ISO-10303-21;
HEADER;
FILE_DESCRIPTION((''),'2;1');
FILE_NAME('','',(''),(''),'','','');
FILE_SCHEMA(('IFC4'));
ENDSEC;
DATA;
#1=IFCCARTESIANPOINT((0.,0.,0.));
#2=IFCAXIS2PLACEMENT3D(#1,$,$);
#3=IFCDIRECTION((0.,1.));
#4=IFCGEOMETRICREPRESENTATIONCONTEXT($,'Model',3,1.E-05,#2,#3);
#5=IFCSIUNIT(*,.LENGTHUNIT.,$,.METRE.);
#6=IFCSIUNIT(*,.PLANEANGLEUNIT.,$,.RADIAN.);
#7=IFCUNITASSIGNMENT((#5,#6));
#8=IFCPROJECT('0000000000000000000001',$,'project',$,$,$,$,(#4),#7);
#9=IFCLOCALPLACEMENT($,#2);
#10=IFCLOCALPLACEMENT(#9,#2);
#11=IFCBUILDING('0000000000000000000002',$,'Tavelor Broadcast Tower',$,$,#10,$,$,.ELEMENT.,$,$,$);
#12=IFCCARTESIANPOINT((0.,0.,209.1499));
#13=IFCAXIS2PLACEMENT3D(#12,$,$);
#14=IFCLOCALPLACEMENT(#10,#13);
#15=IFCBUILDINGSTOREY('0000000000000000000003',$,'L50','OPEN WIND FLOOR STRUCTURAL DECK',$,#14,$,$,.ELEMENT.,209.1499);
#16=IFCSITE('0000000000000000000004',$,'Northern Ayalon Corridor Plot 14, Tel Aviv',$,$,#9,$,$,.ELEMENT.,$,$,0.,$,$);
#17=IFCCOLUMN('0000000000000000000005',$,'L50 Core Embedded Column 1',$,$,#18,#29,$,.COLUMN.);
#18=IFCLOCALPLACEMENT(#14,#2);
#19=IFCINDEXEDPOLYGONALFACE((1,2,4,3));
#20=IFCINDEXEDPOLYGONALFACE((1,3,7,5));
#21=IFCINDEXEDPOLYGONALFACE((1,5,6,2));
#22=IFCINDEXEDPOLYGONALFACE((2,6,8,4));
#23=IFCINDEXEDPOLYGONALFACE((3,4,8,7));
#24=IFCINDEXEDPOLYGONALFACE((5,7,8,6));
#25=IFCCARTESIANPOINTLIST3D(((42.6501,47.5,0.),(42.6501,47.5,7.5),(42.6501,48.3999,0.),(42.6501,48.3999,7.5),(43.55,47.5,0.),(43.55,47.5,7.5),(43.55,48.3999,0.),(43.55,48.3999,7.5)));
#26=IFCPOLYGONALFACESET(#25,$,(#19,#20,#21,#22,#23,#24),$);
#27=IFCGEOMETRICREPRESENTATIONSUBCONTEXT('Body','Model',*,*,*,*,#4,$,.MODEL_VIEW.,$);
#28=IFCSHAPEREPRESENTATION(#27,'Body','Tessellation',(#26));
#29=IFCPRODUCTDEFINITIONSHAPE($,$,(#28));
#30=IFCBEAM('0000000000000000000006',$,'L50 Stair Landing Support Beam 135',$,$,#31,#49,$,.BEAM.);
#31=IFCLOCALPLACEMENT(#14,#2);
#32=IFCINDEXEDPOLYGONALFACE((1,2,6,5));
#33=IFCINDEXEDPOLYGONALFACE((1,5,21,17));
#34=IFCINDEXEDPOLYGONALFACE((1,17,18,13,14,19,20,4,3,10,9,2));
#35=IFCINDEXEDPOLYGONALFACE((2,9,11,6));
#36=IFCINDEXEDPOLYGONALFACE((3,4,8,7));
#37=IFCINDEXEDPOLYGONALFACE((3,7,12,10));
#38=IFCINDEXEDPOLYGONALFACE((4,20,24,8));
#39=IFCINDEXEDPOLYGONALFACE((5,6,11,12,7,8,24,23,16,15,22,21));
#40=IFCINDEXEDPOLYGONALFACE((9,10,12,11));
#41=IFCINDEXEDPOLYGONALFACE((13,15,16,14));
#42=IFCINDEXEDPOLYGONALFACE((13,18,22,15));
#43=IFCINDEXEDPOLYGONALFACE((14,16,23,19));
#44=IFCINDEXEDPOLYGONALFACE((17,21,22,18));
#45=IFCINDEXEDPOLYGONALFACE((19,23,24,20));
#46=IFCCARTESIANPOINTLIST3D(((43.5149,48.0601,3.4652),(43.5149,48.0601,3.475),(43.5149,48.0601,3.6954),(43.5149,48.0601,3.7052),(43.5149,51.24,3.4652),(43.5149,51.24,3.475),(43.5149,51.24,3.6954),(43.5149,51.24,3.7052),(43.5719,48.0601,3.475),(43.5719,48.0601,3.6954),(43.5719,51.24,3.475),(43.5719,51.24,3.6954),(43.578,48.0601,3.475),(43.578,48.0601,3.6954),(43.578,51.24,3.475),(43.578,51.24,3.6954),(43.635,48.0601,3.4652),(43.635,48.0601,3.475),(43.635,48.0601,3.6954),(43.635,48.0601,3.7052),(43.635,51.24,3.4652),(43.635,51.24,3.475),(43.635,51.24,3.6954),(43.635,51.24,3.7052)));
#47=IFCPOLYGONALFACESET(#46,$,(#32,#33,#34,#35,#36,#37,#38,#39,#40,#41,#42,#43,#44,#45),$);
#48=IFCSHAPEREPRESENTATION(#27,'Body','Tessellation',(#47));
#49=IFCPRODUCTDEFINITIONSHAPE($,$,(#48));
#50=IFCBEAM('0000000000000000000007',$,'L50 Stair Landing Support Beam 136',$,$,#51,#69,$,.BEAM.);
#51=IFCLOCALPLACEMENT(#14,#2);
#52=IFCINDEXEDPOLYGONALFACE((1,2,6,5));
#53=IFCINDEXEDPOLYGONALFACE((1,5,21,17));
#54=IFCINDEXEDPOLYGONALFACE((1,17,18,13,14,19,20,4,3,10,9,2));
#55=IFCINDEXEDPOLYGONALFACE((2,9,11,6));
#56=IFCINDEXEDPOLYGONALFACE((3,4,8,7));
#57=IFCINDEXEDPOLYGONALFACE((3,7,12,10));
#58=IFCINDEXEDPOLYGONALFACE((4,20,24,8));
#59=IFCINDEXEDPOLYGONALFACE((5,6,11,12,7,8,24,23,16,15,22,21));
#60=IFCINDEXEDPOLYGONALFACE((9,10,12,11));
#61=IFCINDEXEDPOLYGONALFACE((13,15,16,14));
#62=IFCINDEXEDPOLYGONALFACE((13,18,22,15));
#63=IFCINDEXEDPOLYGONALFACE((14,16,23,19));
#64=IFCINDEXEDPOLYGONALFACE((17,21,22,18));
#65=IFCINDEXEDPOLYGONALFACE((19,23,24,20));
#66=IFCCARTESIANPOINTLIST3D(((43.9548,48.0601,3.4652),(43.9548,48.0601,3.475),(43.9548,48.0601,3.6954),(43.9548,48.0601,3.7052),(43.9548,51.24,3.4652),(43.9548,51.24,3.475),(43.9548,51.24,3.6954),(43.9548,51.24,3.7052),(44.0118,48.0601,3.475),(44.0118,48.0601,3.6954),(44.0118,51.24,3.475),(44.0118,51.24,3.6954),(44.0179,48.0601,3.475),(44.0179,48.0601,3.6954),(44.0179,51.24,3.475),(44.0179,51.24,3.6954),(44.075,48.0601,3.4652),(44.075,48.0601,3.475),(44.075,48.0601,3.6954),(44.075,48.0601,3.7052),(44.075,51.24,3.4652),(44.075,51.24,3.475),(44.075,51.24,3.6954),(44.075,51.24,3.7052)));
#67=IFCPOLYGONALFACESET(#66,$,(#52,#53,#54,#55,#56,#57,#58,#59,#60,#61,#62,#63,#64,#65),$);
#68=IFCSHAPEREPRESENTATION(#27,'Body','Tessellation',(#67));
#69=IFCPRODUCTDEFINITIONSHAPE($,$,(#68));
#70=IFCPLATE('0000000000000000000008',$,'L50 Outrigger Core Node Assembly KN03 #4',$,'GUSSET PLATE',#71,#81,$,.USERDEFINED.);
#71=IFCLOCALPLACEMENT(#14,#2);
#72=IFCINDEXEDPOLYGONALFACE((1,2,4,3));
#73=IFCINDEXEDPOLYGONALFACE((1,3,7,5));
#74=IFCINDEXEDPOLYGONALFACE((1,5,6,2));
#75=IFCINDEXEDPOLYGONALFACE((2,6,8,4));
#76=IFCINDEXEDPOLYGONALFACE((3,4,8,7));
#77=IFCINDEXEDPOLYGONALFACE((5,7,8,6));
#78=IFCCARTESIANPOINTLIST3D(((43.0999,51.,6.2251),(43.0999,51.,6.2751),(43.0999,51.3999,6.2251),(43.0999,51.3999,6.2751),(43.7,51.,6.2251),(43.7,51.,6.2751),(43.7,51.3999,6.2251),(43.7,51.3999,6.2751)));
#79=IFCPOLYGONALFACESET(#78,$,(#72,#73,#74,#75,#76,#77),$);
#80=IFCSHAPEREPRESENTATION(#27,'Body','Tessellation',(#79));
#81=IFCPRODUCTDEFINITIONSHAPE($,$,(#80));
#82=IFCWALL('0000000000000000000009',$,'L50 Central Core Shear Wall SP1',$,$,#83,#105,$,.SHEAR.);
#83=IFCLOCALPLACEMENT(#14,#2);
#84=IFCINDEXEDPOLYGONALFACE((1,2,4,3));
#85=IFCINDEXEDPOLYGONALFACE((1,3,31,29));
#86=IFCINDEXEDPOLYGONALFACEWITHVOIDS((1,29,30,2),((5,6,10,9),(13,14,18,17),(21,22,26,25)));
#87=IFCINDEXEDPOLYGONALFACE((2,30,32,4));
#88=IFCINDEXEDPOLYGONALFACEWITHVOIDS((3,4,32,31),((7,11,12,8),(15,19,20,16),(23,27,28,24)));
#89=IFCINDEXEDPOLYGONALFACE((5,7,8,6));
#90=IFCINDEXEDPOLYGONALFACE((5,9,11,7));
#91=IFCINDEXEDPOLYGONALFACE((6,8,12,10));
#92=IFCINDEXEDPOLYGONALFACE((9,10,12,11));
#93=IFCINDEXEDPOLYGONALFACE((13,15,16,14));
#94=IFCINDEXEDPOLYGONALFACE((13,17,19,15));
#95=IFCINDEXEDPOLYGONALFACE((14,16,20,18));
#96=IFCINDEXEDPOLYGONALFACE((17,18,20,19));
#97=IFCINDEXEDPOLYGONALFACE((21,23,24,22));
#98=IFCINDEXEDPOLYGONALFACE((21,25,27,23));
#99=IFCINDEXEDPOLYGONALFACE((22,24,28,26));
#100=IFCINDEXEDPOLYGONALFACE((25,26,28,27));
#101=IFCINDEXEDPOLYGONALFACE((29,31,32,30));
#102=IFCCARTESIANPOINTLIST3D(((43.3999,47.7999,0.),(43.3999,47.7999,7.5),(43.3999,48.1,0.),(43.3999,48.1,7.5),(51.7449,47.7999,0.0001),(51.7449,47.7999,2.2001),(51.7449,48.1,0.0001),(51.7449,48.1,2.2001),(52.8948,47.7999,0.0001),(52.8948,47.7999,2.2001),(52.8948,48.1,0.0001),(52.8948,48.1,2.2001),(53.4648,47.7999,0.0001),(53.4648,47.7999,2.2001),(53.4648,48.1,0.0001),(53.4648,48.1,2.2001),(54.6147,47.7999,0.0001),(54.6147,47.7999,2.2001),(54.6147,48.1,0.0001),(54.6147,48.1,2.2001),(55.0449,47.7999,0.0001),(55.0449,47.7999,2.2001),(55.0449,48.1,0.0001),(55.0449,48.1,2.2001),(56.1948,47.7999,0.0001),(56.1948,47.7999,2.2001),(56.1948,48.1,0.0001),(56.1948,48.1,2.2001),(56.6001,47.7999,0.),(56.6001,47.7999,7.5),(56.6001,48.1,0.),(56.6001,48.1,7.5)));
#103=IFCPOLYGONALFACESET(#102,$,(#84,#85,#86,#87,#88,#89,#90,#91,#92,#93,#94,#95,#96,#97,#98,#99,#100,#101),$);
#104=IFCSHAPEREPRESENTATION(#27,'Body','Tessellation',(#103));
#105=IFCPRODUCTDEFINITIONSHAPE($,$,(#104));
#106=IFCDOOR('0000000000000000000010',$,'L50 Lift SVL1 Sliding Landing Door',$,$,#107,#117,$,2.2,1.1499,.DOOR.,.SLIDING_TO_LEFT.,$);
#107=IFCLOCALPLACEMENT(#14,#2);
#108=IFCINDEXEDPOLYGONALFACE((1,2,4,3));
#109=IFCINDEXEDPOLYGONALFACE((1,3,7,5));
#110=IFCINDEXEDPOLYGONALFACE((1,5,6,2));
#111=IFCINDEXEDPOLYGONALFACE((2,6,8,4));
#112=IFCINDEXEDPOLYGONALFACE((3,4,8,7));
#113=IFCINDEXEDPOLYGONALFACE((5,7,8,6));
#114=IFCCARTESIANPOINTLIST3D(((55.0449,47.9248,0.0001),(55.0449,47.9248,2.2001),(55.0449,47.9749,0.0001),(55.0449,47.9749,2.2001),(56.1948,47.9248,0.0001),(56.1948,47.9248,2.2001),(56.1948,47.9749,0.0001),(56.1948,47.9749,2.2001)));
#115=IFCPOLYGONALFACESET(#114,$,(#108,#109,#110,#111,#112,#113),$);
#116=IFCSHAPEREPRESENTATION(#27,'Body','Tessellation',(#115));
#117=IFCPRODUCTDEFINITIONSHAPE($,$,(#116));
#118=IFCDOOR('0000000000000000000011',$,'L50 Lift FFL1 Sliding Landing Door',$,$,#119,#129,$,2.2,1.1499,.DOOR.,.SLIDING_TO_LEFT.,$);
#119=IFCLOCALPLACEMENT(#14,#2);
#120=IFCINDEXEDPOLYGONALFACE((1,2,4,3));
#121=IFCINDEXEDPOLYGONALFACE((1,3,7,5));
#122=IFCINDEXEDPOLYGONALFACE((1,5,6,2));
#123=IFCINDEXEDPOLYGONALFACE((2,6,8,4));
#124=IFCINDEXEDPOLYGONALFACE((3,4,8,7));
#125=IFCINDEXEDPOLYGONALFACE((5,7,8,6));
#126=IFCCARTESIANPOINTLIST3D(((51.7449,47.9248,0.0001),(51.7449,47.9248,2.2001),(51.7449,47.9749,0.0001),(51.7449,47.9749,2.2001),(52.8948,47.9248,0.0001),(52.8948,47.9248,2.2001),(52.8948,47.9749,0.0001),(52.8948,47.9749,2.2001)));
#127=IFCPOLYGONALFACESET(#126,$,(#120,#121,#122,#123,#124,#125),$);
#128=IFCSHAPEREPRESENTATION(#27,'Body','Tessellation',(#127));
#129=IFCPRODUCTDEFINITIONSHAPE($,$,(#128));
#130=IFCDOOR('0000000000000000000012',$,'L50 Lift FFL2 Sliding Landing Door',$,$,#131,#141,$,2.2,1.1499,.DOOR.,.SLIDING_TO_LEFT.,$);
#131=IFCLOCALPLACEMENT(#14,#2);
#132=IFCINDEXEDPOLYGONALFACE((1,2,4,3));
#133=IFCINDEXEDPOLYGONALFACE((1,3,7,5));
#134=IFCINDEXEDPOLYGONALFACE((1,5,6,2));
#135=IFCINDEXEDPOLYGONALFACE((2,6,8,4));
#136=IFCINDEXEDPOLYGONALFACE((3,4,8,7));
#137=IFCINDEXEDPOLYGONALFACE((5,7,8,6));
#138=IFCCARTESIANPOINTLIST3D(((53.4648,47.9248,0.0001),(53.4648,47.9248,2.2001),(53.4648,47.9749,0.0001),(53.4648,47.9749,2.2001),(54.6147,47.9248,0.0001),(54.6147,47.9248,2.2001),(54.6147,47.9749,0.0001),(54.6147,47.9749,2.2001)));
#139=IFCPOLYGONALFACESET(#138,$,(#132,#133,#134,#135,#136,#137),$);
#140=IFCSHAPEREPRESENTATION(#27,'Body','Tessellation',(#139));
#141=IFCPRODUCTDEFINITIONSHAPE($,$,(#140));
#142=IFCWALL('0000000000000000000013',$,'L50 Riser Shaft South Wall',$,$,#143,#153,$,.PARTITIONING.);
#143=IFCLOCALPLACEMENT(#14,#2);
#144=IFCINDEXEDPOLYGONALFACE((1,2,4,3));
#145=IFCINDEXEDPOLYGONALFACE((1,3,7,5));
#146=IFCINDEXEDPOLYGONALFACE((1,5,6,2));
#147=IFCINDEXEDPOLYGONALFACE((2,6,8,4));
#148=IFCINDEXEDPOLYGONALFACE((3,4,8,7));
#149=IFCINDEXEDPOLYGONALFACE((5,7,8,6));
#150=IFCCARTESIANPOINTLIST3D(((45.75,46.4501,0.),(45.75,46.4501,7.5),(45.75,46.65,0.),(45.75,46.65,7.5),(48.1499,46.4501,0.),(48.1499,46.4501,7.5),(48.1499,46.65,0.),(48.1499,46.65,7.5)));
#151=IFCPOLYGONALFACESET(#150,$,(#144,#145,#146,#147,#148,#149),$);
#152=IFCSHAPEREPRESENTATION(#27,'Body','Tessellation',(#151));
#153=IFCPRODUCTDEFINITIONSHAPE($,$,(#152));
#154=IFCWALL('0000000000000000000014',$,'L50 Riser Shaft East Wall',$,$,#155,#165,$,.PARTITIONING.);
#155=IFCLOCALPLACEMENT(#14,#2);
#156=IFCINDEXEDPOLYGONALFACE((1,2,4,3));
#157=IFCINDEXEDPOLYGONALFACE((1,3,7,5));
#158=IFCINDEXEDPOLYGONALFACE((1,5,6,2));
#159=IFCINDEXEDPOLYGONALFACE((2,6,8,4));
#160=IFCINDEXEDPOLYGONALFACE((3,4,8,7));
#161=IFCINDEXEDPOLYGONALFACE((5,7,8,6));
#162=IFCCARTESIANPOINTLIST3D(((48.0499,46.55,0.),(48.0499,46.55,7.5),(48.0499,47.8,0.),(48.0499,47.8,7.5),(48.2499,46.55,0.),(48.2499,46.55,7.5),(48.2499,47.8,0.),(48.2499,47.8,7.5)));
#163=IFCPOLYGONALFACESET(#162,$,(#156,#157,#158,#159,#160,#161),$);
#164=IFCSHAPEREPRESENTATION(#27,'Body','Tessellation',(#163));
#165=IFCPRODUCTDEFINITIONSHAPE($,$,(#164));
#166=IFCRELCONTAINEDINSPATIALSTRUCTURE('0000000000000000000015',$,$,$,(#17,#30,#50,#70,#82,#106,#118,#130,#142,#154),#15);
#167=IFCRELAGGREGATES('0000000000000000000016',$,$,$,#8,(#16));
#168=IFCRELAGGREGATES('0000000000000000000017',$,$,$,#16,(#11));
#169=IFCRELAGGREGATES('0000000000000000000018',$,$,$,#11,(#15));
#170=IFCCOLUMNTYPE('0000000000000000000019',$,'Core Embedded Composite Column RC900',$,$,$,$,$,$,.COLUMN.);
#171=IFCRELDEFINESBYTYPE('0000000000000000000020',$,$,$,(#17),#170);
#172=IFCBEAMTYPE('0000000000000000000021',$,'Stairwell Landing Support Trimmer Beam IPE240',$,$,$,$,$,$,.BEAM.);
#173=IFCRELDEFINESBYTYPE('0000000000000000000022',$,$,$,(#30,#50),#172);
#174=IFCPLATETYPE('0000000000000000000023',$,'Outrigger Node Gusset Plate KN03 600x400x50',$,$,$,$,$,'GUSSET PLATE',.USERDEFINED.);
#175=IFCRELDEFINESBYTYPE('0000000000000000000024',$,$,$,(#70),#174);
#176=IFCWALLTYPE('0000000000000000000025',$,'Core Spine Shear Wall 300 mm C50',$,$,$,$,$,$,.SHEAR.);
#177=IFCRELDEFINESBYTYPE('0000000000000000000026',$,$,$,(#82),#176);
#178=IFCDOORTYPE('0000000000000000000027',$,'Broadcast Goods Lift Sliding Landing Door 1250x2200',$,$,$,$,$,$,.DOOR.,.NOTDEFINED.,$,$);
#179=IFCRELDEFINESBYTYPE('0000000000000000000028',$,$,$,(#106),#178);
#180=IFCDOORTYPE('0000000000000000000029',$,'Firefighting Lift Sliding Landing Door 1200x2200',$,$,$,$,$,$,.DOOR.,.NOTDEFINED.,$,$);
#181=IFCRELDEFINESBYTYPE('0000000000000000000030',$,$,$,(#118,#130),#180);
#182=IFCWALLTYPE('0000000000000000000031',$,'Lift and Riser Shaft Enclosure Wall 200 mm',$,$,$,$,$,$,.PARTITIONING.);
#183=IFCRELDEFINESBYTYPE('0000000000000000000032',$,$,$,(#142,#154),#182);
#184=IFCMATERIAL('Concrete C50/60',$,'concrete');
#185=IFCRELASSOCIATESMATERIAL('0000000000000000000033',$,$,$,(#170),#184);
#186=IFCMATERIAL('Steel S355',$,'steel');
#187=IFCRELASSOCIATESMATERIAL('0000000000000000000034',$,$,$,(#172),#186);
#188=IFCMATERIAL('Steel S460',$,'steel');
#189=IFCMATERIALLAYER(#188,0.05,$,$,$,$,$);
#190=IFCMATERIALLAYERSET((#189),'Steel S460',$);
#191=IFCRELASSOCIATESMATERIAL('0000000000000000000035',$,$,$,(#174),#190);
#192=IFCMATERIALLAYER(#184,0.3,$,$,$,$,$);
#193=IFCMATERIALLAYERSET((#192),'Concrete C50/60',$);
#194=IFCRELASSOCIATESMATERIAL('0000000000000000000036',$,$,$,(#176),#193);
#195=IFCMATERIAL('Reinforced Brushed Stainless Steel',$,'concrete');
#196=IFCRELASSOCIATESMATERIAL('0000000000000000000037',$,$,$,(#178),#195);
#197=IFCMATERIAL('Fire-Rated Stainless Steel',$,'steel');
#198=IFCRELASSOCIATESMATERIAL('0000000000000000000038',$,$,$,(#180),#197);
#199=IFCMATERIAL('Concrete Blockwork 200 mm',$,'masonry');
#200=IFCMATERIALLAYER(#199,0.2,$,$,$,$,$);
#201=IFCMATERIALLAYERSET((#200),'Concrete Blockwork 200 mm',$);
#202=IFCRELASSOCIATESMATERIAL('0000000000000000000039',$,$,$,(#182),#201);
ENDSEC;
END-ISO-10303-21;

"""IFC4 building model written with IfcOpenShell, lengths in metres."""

from ifc_helpers import new_model, si_unit, direction, frame, frame_2d, origin, origin_2d, place, context, subcontext, project, spatial, rectangle, i_section, extrude, source, transform, mapped, material, layer, layer_set, material_profile, profile_set, type_object, type_shapes, element, fill, save


model = new_model("IFC4")

# Units and contexts
model_context = context("Model", 3, precision=1e-05, world=origin(), true_north=direction((0.0, 1.0)))
body_context = subcontext(model_context, "Body", "Model", "MODEL_VIEW")
ifc_project = project(units=[si_unit("LENGTHUNIT", "METRE"), si_unit("PLANEANGLEUNIT", "RADIAN")], contexts=[model_context])

# Site, building, storey
site_placement = place(None, origin())
site = spatial("IfcSite", under=ifc_project, at=site_placement, Name="Northern Ayalon Corridor Plot 14, Tel Aviv", CompositionType="ELEMENT", RefElevation=0.0)
building_placement = place(site_placement, origin())
building = spatial("IfcBuilding", under=site, at=building_placement, Name="Tavelor Broadcast Tower", CompositionType="ELEMENT")
storey_placement = place(building_placement, frame((0.0, 0.0, 209.1499)))
storey = spatial("IfcBuildingStorey", under=building, at=storey_placement, Name="L50", Description="OPEN WIND FLOOR STRUCTURAL DECK", CompositionType="ELEMENT", Elevation=209.1499)

# Column
ifc_material_1 = material(Name="Concrete C50/60", Category="concrete")
ifc_material_profile_1 = material_profile(ifc_material_1, rectangle(XDim=0.8999, YDim=0.8999, at=origin_2d()), Name="RC 900x900")
ifc_profile_set_1 = profile_set([ifc_material_profile_1], Name="Concrete C50/60")
column_type = type_object("IfcColumnType", Name="Core Embedded Composite Column RC900", PredefinedType="COLUMN", material=ifc_profile_set_1)
column_placement = place(storey_placement, frame((43.1001, 47.95, 0.0), z_axis=(0.0, 0.0, 1.0), x_axis=(1.0, 0.0, 0.0)))
element("IfcColumn", 1, at=column_placement, inside=storey, type_object=column_type, Name="L50 Core Embedded Column 1", PredefinedType="COLUMN", context=body_context, shape_type="SweptSolid", body=[
    extrude(rectangle(XDim=0.8999, YDim=0.8999, at=origin_2d()), origin(), (0.0, 0.0, 1.0), 7.5),
])

# Beams
ifc_material_2 = material(Name="Steel S355", Category="steel")
ifc_material_profile_2 = material_profile(ifc_material_2, i_section(OverallWidth=0.1201, OverallDepth=0.24, WebThickness=0.0061, FlangeThickness=0.0098, at=origin_2d()), Name="IPE 240")
ifc_profile_set_2 = profile_set([ifc_material_profile_2], Name="Steel S355")
beam_type = type_object("IfcBeamType", Name="Stairwell Landing Support Trimmer Beam IPE240", PredefinedType="BEAM", material=ifc_profile_set_2)
for number, where, z_axis, x_axis, name in (
    (2, (43.575, 48.0601, 3.5852), (0.0, 1.0, 0.0), (-1.0, 0.0, 0.0), "L50 Stair Landing Support Beam 135"),
    (3, (44.0149, 48.0601, 3.5852), (0.0, 1.0, 0.0), (-1.0, 0.0, 0.0), "L50 Stair Landing Support Beam 136"),
):
    element("IfcBeam", number, at=place(storey_placement, frame(where, z_axis=z_axis, x_axis=x_axis)), inside=storey, type_object=beam_type, Name=name, PredefinedType="BEAM", context=body_context, shape_type="SweptSolid", body=[
        extrude(i_section(OverallWidth=0.1201, OverallDepth=0.24, WebThickness=0.0061, FlangeThickness=0.0098, at=origin_2d()), origin(), (0.0, 0.0, 1.0), 3.1799),
    ])

# Plate
ifc_material_3 = material(Name="Steel S460", Category="steel")
ifc_layer_1 = layer(ifc_material_3, 0.05)
ifc_layer_set_1 = layer_set([ifc_layer_1], Name="Steel S460")
plate_type = type_object("IfcPlateType", Name="Outrigger Node Gusset Plate KN03 600x400x50", ElementType="GUSSET PLATE", PredefinedType="USERDEFINED", material=ifc_layer_set_1)
shared_shape = source(origin(), body_context, "Body", "SweptSolid", [
    extrude(rectangle(XDim=0.6001, YDim=0.3999, at=origin_2d()), origin(), (0.0, 0.0, 1.0), 0.05),
])
type_shapes(plate_type, [shared_shape])
plate_placement = place(storey_placement, frame((43.3999, 51.2, 6.2251), z_axis=(0.0, 0.0, 1.0), x_axis=(1.0, 0.0, 0.0)))
element("IfcPlate", 4, at=plate_placement, inside=storey, type_object=plate_type, Name="L50 Outrigger Core Node Assembly KN03 #4", ObjectType="GUSSET PLATE", PredefinedType="USERDEFINED", context=body_context, shape_type="MappedRepresentation", body=[
    mapped(shared_shape, transform((0.0, 0.0, 0.0), scale=1.0)),
])

# Wall, openings, doors
ifc_layer_2 = layer(ifc_material_1, 0.3)
ifc_layer_set_2 = layer_set([ifc_layer_2], Name="Concrete C50/60")
wall_type_1 = type_object("IfcWallType", Name="Core Spine Shear Wall 300 mm C50", PredefinedType="SHEAR", material=ifc_layer_set_2)
wall_1_placement = place(storey_placement, frame((43.3999, 47.95, 0.0), z_axis=(0.0, 0.0, 1.0), x_axis=(1.0, 0.0, 0.0)))
wall_1 = element("IfcWall", 5, at=wall_1_placement, inside=storey, type_object=wall_type_1, Name="L50 Central Core Shear Wall SP1", PredefinedType="SHEAR", context=body_context, shape_type="SweptSolid", body=[
    extrude(rectangle(XDim=13.2002, YDim=0.3, at=frame_2d((6.6001, 0.0))), origin(), (0.0, 0.0, 1.0), 7.5),
])
opening_1_placement = place(wall_1_placement, frame((8.345, 0.0, 0.0)))
opening_1 = element("IfcOpeningElement", 6, at=opening_1_placement, cuts=wall_1, PredefinedType="OPENING", context=body_context, shape_type="SweptSolid", body=[
    extrude(rectangle(XDim=1.1499, YDim=2.2, at=frame_2d((0.575, 1.1001))), frame((0.0, 0.1602, 0.0), z_axis=(0.0, -1.0, 0.0), x_axis=(1.0, 0.0, 0.0)), (0.0, 0.0, 1.0), 0.3201),
])
opening_2_placement = place(wall_1_placement, frame((10.0649, 0.0, 0.0)))
opening_2 = element("IfcOpeningElement", 7, at=opening_2_placement, cuts=wall_1, PredefinedType="OPENING", context=body_context, shape_type="SweptSolid", body=[
    extrude(rectangle(XDim=1.1499, YDim=2.2, at=frame_2d((0.575, 1.1001))), frame((0.0, 0.1602, 0.0), z_axis=(0.0, -1.0, 0.0), x_axis=(1.0, 0.0, 0.0)), (0.0, 0.0, 1.0), 0.3201),
])
opening_3_placement = place(wall_1_placement, frame((11.645, 0.0, 0.0)))
opening_3 = element("IfcOpeningElement", 8, at=opening_3_placement, cuts=wall_1, PredefinedType="OPENING", context=body_context, shape_type="SweptSolid", body=[
    extrude(rectangle(XDim=1.1499, YDim=2.2, at=frame_2d((0.575, 1.1001))), frame((0.0, 0.1602, 0.0), z_axis=(0.0, -1.0, 0.0), x_axis=(1.0, 0.0, 0.0)), (0.0, 0.0, 1.0), 0.3201),
])
ifc_material_4 = material(Name="Reinforced Brushed Stainless Steel", Category="concrete")
door_type_1 = type_object("IfcDoorType", Name="Broadcast Goods Lift Sliding Landing Door 1250x2200", OperationType="NOTDEFINED", PredefinedType="DOOR", material=ifc_material_4)
door_1_placement = place(opening_3_placement, origin())
door_1 = element("IfcDoor", 9, at=door_1_placement, inside=storey, type_object=door_type_1, Name="L50 Lift SVL1 Sliding Landing Door", OperationType="SLIDING_TO_LEFT", OverallHeight=2.2, OverallWidth=1.1499, PredefinedType="DOOR", context=body_context, shape_type="SweptSolid", body=[
    extrude(rectangle(XDim=1.1499, YDim=2.2, at=frame_2d((0.575, 1.1001))), frame((0.0, 0.0249, 0.0), z_axis=(0.0, -1.0, 0.0), x_axis=(1.0, 0.0, 0.0)), (0.0, 0.0, 1.0), 0.05),
])
fill(opening_3, door_1)
ifc_material_5 = material(Name="Fire-Rated Stainless Steel", Category="steel")
door_type_2 = type_object("IfcDoorType", Name="Firefighting Lift Sliding Landing Door 1200x2200", OperationType="NOTDEFINED", PredefinedType="DOOR", material=ifc_material_5)
door_2_placement = place(opening_1_placement, origin())
door_2 = element("IfcDoor", 10, at=door_2_placement, inside=storey, type_object=door_type_2, Name="L50 Lift FFL1 Sliding Landing Door", OperationType="SLIDING_TO_LEFT", OverallHeight=2.2, OverallWidth=1.1499, PredefinedType="DOOR", context=body_context, shape_type="SweptSolid", body=[
    extrude(rectangle(XDim=1.1499, YDim=2.2, at=frame_2d((0.575, 1.1001))), frame((0.0, 0.0249, 0.0), z_axis=(0.0, -1.0, 0.0), x_axis=(1.0, 0.0, 0.0)), (0.0, 0.0, 1.0), 0.05),
])
fill(opening_1, door_2)
door_3_placement = place(opening_2_placement, origin())
door_3 = element("IfcDoor", 11, at=door_3_placement, inside=storey, type_object=door_type_2, Name="L50 Lift FFL2 Sliding Landing Door", OperationType="SLIDING_TO_LEFT", OverallHeight=2.2, OverallWidth=1.1499, PredefinedType="DOOR", context=body_context, shape_type="SweptSolid", body=[
    extrude(rectangle(XDim=1.1499, YDim=2.2, at=frame_2d((0.575, 1.1001))), frame((0.0, 0.0249, 0.0), z_axis=(0.0, -1.0, 0.0), x_axis=(1.0, 0.0, 0.0)), (0.0, 0.0, 1.0), 0.05),
])
fill(opening_2, door_3)

# Walls
ifc_material_6 = material(Name="Concrete Blockwork 200 mm", Category="masonry")
ifc_layer_3 = layer(ifc_material_6, 0.2)
ifc_layer_set_3 = layer_set([ifc_layer_3], Name="Concrete Blockwork 200 mm")
wall_type_2 = type_object("IfcWallType", Name="Lift and Riser Shaft Enclosure Wall 200 mm", PredefinedType="PARTITIONING", material=ifc_layer_set_3)
wall_2_placement = place(storey_placement, frame((45.75, 46.55, 0.0), z_axis=(0.0, 0.0, 1.0), x_axis=(1.0, 0.0, 0.0)))
element("IfcWall", 12, at=wall_2_placement, inside=storey, type_object=wall_type_2, Name="L50 Riser Shaft South Wall", PredefinedType="PARTITIONING", context=body_context, shape_type="SweptSolid", body=[
    extrude(rectangle(XDim=2.3999, YDim=0.2, at=frame_2d((1.2, 0.0))), origin(), (0.0, 0.0, 1.0), 7.5),
])
wall_3_placement = place(storey_placement, frame((48.1499, 46.55, 0.0), z_axis=(0.0, 0.0, 1.0), x_axis=(0.0, 1.0, 0.0)))
element("IfcWall", 13, at=wall_3_placement, inside=storey, type_object=wall_type_2, Name="L50 Riser Shaft East Wall", PredefinedType="PARTITIONING", context=body_context, shape_type="SweptSolid", body=[
    extrude(rectangle(XDim=1.25, YDim=0.2, at=frame_2d((0.625, 0.0))), origin(), (0.0, 0.0, 1.0), 7.5),
])

save(model, "model.ifc")
